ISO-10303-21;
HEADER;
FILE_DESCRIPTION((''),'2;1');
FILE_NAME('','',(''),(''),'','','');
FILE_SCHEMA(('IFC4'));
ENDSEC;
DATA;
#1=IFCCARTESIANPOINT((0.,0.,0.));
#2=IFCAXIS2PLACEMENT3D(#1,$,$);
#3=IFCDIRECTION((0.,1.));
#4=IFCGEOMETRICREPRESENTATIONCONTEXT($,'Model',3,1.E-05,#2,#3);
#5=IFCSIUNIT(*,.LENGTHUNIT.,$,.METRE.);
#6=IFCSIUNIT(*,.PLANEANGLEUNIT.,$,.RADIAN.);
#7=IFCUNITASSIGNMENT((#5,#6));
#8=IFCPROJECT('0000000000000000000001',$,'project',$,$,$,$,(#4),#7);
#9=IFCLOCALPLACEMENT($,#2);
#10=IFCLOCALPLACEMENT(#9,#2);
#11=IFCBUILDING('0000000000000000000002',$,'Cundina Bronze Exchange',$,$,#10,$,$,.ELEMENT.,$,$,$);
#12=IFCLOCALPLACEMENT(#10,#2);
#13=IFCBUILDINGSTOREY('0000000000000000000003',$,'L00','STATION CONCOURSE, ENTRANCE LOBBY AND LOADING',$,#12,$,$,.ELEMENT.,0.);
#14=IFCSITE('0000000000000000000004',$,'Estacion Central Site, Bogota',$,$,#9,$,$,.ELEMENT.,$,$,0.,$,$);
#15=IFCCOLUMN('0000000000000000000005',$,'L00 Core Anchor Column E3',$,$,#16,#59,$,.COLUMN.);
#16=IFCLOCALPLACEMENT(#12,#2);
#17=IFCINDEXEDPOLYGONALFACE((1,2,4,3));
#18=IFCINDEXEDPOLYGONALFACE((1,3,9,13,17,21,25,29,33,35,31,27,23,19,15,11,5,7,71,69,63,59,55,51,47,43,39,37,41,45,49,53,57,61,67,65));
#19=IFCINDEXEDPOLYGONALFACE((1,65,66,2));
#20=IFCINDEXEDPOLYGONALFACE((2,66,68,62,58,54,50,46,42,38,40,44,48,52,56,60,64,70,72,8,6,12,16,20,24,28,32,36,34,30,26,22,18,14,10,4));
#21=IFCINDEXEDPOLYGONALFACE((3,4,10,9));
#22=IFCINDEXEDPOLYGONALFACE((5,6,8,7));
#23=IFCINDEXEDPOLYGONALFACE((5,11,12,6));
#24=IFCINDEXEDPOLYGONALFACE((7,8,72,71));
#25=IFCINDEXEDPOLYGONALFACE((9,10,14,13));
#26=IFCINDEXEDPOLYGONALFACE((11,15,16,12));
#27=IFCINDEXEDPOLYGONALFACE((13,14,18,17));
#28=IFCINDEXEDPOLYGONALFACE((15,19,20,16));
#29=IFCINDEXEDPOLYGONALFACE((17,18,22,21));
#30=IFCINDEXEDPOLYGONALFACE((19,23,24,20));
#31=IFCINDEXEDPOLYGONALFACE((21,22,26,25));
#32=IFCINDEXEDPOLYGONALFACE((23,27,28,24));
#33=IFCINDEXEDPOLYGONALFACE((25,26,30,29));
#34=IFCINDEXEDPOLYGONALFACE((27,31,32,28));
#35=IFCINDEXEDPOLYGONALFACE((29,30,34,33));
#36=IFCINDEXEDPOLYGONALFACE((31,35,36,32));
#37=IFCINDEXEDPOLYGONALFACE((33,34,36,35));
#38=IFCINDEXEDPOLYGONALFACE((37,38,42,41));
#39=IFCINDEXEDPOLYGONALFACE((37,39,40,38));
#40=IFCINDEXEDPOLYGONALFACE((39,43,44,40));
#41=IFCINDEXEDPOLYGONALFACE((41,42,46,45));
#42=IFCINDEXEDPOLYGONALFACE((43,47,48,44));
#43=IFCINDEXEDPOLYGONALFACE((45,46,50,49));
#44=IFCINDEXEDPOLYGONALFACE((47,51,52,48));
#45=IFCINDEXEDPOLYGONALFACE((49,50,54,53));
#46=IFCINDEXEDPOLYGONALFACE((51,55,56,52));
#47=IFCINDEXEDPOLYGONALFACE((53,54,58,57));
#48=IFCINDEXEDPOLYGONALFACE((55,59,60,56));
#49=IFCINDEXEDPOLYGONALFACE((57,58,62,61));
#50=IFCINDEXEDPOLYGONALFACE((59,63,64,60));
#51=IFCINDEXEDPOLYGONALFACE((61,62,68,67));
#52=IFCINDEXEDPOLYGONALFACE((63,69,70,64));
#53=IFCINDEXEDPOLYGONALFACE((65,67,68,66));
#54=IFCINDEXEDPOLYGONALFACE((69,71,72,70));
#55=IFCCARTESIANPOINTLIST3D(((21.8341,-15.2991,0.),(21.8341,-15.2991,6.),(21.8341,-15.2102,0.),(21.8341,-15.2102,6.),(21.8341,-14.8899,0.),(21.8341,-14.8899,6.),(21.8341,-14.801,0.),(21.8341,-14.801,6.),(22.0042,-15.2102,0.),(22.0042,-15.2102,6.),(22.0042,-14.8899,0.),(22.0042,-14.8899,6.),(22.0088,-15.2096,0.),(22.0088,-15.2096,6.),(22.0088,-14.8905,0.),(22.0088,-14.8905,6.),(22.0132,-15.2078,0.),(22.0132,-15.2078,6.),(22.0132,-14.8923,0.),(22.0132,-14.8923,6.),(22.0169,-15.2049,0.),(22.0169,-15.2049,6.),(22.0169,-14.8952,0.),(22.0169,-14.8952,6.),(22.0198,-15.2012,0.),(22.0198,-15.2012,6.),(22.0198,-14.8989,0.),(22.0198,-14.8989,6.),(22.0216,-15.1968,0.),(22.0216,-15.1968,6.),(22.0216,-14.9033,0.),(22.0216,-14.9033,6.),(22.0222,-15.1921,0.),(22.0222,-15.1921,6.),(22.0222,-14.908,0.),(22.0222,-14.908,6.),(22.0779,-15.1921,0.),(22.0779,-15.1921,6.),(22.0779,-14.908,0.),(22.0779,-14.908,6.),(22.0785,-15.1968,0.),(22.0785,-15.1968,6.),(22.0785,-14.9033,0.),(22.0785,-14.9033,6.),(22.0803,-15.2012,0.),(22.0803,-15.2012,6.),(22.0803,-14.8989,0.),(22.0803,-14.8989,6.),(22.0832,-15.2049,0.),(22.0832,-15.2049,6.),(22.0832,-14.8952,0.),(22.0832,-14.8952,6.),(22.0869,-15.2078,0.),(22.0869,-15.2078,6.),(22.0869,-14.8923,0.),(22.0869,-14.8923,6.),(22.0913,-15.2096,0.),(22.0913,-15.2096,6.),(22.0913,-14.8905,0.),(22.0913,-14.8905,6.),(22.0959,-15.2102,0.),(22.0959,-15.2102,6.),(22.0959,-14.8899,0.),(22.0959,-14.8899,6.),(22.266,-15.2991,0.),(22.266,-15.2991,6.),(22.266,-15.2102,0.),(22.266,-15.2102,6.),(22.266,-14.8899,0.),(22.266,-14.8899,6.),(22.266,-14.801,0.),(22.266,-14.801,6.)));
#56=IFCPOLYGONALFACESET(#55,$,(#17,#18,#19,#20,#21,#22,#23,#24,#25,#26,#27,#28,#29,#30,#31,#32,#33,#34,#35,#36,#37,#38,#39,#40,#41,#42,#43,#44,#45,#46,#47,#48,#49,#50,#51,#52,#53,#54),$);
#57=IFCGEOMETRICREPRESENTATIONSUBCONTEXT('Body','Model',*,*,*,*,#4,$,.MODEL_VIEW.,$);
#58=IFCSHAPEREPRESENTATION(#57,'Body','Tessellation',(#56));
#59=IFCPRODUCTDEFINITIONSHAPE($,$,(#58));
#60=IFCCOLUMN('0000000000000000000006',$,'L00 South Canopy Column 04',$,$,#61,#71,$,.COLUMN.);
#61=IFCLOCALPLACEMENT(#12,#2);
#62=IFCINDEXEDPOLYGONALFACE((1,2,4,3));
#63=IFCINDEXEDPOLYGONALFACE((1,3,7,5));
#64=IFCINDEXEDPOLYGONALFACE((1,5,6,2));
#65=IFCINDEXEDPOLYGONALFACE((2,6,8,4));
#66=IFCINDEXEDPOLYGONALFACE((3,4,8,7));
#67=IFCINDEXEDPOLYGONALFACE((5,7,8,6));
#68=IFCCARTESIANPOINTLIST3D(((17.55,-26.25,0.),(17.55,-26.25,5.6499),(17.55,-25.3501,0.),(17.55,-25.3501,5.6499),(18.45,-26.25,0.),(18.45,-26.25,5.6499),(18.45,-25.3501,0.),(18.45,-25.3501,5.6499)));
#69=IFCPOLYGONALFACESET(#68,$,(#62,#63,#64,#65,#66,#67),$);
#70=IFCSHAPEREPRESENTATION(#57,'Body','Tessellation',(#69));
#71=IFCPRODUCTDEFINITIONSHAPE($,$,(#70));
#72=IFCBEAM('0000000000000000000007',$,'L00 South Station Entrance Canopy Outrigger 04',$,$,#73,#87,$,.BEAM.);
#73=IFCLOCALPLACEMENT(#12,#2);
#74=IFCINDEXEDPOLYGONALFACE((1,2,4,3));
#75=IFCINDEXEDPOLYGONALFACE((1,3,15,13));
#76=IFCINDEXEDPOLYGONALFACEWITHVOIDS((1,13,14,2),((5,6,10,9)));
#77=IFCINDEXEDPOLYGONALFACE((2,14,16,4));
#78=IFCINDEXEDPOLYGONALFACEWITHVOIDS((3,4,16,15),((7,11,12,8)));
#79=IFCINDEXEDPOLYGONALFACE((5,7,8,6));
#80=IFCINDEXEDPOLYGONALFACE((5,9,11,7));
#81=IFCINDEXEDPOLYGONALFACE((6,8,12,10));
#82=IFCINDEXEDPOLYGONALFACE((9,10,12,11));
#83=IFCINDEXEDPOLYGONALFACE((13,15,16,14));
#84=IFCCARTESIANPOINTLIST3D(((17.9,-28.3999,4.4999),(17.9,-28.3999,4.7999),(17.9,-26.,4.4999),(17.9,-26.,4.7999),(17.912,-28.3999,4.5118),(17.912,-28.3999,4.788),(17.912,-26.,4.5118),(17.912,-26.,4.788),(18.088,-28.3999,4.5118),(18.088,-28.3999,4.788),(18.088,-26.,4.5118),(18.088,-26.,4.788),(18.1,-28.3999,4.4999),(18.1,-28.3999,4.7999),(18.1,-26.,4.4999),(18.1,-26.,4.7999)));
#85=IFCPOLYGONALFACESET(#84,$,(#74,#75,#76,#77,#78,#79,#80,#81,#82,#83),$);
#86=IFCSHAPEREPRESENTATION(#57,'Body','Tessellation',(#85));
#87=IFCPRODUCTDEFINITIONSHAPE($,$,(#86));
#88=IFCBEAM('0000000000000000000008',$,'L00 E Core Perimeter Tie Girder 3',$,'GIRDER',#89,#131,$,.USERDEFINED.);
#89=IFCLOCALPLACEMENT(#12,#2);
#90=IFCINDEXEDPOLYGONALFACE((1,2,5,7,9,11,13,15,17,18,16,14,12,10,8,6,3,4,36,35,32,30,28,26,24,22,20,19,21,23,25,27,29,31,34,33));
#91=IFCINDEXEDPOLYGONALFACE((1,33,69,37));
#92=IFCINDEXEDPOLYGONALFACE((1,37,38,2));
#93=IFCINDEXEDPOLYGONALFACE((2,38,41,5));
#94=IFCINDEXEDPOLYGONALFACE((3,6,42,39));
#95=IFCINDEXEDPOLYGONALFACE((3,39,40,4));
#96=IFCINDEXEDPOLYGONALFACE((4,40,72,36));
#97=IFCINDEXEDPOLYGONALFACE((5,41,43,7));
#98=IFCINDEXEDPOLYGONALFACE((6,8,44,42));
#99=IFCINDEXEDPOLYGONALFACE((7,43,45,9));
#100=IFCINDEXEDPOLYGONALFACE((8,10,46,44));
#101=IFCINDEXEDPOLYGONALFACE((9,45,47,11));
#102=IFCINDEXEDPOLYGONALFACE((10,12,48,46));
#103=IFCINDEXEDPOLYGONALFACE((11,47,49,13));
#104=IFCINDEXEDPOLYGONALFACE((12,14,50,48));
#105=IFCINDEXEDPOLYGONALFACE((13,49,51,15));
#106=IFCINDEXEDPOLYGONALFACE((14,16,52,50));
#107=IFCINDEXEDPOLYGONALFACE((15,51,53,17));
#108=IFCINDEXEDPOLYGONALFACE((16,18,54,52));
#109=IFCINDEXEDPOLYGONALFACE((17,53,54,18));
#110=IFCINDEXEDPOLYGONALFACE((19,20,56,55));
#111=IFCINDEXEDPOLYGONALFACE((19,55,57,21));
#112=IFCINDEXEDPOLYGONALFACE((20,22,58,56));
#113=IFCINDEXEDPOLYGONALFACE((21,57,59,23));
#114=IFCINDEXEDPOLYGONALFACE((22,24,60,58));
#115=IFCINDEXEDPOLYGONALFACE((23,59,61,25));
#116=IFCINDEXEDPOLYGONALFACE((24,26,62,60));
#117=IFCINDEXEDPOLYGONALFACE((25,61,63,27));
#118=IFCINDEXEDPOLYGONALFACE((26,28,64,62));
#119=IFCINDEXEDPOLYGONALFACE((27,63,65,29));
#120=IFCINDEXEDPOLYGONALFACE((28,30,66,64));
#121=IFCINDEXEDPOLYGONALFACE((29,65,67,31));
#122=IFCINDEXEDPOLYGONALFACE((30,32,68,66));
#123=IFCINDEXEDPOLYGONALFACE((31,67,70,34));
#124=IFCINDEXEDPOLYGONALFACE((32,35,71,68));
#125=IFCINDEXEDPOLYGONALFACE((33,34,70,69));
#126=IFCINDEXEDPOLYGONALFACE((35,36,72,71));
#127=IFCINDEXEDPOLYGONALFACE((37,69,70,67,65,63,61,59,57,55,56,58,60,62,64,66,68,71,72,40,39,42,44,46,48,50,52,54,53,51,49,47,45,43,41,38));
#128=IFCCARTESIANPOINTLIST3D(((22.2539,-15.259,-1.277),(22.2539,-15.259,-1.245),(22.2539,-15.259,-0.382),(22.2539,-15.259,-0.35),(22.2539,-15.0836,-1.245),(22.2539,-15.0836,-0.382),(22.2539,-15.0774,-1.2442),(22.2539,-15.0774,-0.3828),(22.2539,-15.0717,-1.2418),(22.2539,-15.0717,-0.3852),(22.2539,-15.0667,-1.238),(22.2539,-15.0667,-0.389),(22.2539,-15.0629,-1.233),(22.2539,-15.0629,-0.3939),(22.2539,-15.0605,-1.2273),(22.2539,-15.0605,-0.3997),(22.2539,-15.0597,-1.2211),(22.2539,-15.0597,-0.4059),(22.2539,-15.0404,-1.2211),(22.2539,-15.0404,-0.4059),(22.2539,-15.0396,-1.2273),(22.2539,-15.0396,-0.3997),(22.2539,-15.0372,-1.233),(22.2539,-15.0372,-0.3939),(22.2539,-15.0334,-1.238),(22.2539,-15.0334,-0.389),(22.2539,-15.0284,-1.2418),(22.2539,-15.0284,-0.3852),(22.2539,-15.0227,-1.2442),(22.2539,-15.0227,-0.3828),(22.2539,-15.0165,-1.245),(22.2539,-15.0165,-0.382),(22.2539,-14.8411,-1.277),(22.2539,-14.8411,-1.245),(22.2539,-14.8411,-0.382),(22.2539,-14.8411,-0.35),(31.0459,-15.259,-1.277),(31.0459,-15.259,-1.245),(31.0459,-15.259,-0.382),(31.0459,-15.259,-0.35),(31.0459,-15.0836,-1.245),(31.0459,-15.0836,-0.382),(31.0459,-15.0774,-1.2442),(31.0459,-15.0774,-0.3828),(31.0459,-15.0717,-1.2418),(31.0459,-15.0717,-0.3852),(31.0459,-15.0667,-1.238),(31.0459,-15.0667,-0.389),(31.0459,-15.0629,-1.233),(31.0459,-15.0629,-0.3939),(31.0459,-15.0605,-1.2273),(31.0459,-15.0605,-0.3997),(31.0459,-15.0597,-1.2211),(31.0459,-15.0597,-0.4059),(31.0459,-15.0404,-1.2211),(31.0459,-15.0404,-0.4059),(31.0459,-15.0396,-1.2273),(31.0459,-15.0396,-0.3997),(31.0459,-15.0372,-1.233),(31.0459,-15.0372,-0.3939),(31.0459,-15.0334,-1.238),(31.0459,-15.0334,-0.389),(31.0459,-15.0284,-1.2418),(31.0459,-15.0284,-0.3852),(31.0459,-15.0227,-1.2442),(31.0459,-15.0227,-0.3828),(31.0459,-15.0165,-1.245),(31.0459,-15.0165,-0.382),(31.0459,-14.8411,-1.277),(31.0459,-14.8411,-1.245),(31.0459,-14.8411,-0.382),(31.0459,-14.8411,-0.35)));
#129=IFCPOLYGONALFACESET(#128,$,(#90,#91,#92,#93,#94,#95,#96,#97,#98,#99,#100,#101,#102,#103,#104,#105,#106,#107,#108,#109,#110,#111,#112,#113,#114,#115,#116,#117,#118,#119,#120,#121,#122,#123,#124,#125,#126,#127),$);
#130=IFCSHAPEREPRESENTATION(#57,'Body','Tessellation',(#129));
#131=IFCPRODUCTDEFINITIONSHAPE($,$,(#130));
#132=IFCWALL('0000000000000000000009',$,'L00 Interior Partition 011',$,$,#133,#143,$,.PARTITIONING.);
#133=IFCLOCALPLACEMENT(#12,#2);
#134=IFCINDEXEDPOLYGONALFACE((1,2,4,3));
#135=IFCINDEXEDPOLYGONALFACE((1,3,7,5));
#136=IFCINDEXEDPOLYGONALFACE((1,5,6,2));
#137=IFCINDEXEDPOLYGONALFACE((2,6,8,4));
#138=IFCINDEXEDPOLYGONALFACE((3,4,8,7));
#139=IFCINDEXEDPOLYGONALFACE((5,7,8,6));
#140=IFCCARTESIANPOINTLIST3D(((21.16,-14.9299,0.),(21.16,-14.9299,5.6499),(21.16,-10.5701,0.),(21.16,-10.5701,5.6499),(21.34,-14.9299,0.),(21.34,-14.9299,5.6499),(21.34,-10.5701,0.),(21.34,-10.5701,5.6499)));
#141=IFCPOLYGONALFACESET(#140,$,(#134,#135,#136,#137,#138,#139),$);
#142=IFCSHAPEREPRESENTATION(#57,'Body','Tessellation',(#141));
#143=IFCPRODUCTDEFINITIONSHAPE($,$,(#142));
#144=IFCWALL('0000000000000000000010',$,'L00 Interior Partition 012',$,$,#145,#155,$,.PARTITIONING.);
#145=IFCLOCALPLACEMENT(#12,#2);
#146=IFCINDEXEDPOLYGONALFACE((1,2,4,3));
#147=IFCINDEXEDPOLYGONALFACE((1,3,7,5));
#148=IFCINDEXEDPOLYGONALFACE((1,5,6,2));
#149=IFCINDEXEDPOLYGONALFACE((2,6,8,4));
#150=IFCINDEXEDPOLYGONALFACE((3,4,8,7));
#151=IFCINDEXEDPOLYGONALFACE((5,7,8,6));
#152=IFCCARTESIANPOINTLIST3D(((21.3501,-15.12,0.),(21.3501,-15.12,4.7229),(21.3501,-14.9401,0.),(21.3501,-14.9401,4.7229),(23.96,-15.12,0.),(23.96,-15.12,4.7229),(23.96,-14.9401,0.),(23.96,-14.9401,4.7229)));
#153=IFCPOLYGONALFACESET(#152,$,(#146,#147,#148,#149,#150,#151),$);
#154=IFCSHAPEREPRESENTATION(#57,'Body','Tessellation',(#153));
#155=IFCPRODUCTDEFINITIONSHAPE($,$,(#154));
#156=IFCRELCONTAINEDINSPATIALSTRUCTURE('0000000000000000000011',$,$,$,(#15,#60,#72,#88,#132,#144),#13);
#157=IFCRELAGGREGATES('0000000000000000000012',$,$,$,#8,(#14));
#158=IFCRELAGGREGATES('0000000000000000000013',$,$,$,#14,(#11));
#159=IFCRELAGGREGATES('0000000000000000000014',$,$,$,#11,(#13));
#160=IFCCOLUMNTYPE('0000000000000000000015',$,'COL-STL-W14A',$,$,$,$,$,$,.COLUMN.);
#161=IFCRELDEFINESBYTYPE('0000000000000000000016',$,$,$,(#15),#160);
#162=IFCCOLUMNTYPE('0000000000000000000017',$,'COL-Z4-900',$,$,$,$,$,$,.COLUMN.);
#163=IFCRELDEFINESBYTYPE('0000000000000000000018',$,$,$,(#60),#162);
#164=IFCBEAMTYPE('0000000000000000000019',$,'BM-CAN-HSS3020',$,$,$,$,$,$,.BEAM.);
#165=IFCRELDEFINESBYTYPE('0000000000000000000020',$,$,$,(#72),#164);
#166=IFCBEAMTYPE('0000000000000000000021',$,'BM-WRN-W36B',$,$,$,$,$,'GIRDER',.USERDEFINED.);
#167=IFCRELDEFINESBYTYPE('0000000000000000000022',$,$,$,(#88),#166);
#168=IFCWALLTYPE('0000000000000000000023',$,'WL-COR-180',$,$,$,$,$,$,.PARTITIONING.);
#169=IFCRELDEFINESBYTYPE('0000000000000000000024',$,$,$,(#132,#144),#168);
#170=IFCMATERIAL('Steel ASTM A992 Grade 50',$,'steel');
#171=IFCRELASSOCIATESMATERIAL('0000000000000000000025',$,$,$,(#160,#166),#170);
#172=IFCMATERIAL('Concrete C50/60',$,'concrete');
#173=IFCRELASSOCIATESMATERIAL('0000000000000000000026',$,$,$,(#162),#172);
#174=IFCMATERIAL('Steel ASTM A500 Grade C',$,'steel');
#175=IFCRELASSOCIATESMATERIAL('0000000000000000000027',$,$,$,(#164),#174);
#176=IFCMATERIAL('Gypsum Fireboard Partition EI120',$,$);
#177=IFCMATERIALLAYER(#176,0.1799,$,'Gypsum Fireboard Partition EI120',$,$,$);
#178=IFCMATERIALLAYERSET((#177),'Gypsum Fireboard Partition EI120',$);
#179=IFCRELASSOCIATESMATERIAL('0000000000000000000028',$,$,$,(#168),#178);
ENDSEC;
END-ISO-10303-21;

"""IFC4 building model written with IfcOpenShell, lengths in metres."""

from ifc_helpers import new_model, si_unit, direction, frame, frame_2d, origin, origin_2d, place, context, subcontext, project, spatial, rectangle, hollow_rectangle, i_section, extrude, material, layer, layer_set, material_profile, profile_set, type_object, element, save


model = new_model("IFC4")

# Units and contexts
model_context = context("Model", 3, precision=1e-05, world=origin(), true_north=direction((0.0, 1.0)))
body_context = subcontext(model_context, "Body", "Model", "MODEL_VIEW")
ifc_project = project(units=[si_unit("LENGTHUNIT", "METRE"), si_unit("PLANEANGLEUNIT", "RADIAN")], contexts=[model_context])

# Site, building, storey
site_placement = place(None, origin())
site = spatial("IfcSite", under=ifc_project, at=site_placement, Name="Estacion Central Site, Bogota", CompositionType="ELEMENT", RefElevation=0.0)
building_placement = place(site_placement, origin())
building = spatial("IfcBuilding", under=site, at=building_placement, Name="Cundina Bronze Exchange", CompositionType="ELEMENT")
storey_placement = place(building_placement, origin())
storey = spatial("IfcBuildingStorey", under=building, at=storey_placement, Name="L00", Description="STATION CONCOURSE, ENTRANCE LOBBY AND LOADING", CompositionType="ELEMENT", Elevation=0.0)

# Columns
ifc_material_1 = material(Name="Steel ASTM A992 Grade 50", Category="steel")
ifc_material_profile_1 = material_profile(ifc_material_1, i_section(OverallWidth=0.4319, OverallDepth=0.498, WebThickness=0.0557, FlangeThickness=0.0889, FilletRadius=0.0181, at=origin_2d()), Name="W14X500", Category="steel")
ifc_profile_set_1 = profile_set([ifc_material_profile_1], Name="Steel ASTM A992 Grade 50")
column_type_1 = type_object("IfcColumnType", Name="COL-STL-W14A", PredefinedType="COLUMN", material=ifc_profile_set_1)
column_1_placement = place(storey_placement, frame((22.05, -15.05, 0.0), z_axis=(0.0, 0.0, 1.0), x_axis=(1.0, 0.0, 0.0)))
element("IfcColumn", 1, at=column_1_placement, inside=storey, type_object=column_type_1, Name="L00 Core Anchor Column E3", PredefinedType="COLUMN", context=body_context, shape_type="SweptSolid", body=[
    extrude(i_section(OverallWidth=0.4319, OverallDepth=0.498, WebThickness=0.0557, FlangeThickness=0.0889, FilletRadius=0.0181, at=origin_2d()), origin(), (0.0, 0.0, 1.0), 6.0),
])
ifc_material_2 = material(Name="Concrete C50/60", Category="concrete")
ifc_material_profile_2 = material_profile(ifc_material_2, rectangle(XDim=0.8999, YDim=0.8999, at=origin_2d()), Name="RC900X900", Category="concrete")
ifc_profile_set_2 = profile_set([ifc_material_profile_2], Name="Concrete C50/60")
column_type_2 = type_object("IfcColumnType", Name="COL-Z4-900", PredefinedType="COLUMN", material=ifc_profile_set_2)
column_2_placement = place(storey_placement, frame((18.0, -25.8, 0.0), z_axis=(0.0, 0.0, 1.0), x_axis=(1.0, 0.0, 0.0)))
element("IfcColumn", 2, at=column_2_placement, inside=storey, type_object=column_type_2, Name="L00 South Canopy Column 04", PredefinedType="COLUMN", context=body_context, shape_type="SweptSolid", body=[
    extrude(rectangle(XDim=0.8999, YDim=0.8999, at=origin_2d()), origin(), (0.0, 0.0, 1.0), 5.6499),
])

# Beams
ifc_material_3 = material(Name="Steel ASTM A500 Grade C", Category="steel")
ifc_material_profile_3 = material_profile(ifc_material_3, hollow_rectangle(XDim=0.2, YDim=0.3, WallThickness=0.012, at=origin_2d()), Name="HSS300X200X12", Category="steel")
ifc_profile_set_3 = profile_set([ifc_material_profile_3], Name="Steel ASTM A500 Grade C")
beam_type_1 = type_object("IfcBeamType", Name="BM-CAN-HSS3020", PredefinedType="BEAM", material=ifc_profile_set_3)
beam_1_placement = place(storey_placement, frame((18.0, -26.0, 4.6499), z_axis=(0.0, -1.0, 0.0), x_axis=(1.0, 0.0, 0.0)))
element("IfcBeam", 3, at=beam_1_placement, inside=storey, type_object=beam_type_1, Name="L00 South Station Entrance Canopy Outrigger 04", PredefinedType="BEAM", context=body_context, shape_type="SweptSolid", body=[
    extrude(hollow_rectangle(XDim=0.2, YDim=0.3, WallThickness=0.012, at=origin_2d()), origin(), (0.0, 0.0, 1.0), 2.3999),
])
ifc_material_profile_4 = material_profile(ifc_material_1, i_section(OverallWidth=0.418, OverallDepth=0.927, WebThickness=0.0193, FlangeThickness=0.032, FilletRadius=0.0239, at=origin_2d()), Name="W36X231", Category="steel")
ifc_profile_set_4 = profile_set([ifc_material_profile_4], Name="Steel ASTM A992 Grade 50")
beam_type_2 = type_object("IfcBeamType", Name="BM-WRN-W36B", ElementType="GIRDER", PredefinedType="USERDEFINED", material=ifc_profile_set_4)
beam_2_placement = place(storey_placement, frame((22.2539, -15.05, -0.8135), z_axis=(1.0, 0.0, 0.0), x_axis=(0.0, 1.0, 0.0)))
element("IfcBeam", 4, at=beam_2_placement, inside=storey, type_object=beam_type_2, Name="L00 E Core Perimeter Tie Girder 3", ObjectType="GIRDER", PredefinedType="USERDEFINED", context=body_context, shape_type="SweptSolid", body=[
    extrude(i_section(OverallWidth=0.418, OverallDepth=0.927, WebThickness=0.0193, FlangeThickness=0.032, FilletRadius=0.0239, at=origin_2d()), origin(), (0.0, 0.0, 1.0), 8.792),
])

# Walls
ifc_material_4 = material(Name="Gypsum Fireboard Partition EI120")
ifc_layer_1 = layer(ifc_material_4, 0.1799, Name="Gypsum Fireboard Partition EI120")
ifc_layer_set_1 = layer_set([ifc_layer_1], Name="Gypsum Fireboard Partition EI120")
wall_type_1 = type_object("IfcWallType", Name="WL-COR-180", PredefinedType="PARTITIONING", material=ifc_layer_set_1)
wall_1_placement = place(storey_placement, frame((21.25, -14.9299, 0.0), z_axis=(0.0, 0.0, 1.0), x_axis=(0.0, 1.0, 0.0)))
element("IfcWall", 5, at=wall_1_placement, inside=storey, type_object=wall_type_1, Name="L00 Interior Partition 011", PredefinedType="PARTITIONING", context=body_context, shape_type="SweptSolid", body=[
    extrude(rectangle(XDim=4.3599, YDim=0.1799, at=frame_2d((2.1799, 0.0))), origin(), (0.0, 0.0, 1.0), 5.6499),
])
wall_2_placement = place(storey_placement, frame((21.3501, -15.03, 0.0), z_axis=(0.0, 0.0, 1.0), x_axis=(1.0, 0.0, 0.0)))
element("IfcWall", 6, at=wall_2_placement, inside=storey, type_object=wall_type_1, Name="L00 Interior Partition 012", PredefinedType="PARTITIONING", context=body_context, shape_type="SweptSolid", body=[
    extrude(rectangle(XDim=2.6099, YDim=0.1799, at=frame_2d((1.3049, 0.0))), origin(), (0.0, 0.0, 1.0), 4.7229),
])

save(model, "model.ifc")
